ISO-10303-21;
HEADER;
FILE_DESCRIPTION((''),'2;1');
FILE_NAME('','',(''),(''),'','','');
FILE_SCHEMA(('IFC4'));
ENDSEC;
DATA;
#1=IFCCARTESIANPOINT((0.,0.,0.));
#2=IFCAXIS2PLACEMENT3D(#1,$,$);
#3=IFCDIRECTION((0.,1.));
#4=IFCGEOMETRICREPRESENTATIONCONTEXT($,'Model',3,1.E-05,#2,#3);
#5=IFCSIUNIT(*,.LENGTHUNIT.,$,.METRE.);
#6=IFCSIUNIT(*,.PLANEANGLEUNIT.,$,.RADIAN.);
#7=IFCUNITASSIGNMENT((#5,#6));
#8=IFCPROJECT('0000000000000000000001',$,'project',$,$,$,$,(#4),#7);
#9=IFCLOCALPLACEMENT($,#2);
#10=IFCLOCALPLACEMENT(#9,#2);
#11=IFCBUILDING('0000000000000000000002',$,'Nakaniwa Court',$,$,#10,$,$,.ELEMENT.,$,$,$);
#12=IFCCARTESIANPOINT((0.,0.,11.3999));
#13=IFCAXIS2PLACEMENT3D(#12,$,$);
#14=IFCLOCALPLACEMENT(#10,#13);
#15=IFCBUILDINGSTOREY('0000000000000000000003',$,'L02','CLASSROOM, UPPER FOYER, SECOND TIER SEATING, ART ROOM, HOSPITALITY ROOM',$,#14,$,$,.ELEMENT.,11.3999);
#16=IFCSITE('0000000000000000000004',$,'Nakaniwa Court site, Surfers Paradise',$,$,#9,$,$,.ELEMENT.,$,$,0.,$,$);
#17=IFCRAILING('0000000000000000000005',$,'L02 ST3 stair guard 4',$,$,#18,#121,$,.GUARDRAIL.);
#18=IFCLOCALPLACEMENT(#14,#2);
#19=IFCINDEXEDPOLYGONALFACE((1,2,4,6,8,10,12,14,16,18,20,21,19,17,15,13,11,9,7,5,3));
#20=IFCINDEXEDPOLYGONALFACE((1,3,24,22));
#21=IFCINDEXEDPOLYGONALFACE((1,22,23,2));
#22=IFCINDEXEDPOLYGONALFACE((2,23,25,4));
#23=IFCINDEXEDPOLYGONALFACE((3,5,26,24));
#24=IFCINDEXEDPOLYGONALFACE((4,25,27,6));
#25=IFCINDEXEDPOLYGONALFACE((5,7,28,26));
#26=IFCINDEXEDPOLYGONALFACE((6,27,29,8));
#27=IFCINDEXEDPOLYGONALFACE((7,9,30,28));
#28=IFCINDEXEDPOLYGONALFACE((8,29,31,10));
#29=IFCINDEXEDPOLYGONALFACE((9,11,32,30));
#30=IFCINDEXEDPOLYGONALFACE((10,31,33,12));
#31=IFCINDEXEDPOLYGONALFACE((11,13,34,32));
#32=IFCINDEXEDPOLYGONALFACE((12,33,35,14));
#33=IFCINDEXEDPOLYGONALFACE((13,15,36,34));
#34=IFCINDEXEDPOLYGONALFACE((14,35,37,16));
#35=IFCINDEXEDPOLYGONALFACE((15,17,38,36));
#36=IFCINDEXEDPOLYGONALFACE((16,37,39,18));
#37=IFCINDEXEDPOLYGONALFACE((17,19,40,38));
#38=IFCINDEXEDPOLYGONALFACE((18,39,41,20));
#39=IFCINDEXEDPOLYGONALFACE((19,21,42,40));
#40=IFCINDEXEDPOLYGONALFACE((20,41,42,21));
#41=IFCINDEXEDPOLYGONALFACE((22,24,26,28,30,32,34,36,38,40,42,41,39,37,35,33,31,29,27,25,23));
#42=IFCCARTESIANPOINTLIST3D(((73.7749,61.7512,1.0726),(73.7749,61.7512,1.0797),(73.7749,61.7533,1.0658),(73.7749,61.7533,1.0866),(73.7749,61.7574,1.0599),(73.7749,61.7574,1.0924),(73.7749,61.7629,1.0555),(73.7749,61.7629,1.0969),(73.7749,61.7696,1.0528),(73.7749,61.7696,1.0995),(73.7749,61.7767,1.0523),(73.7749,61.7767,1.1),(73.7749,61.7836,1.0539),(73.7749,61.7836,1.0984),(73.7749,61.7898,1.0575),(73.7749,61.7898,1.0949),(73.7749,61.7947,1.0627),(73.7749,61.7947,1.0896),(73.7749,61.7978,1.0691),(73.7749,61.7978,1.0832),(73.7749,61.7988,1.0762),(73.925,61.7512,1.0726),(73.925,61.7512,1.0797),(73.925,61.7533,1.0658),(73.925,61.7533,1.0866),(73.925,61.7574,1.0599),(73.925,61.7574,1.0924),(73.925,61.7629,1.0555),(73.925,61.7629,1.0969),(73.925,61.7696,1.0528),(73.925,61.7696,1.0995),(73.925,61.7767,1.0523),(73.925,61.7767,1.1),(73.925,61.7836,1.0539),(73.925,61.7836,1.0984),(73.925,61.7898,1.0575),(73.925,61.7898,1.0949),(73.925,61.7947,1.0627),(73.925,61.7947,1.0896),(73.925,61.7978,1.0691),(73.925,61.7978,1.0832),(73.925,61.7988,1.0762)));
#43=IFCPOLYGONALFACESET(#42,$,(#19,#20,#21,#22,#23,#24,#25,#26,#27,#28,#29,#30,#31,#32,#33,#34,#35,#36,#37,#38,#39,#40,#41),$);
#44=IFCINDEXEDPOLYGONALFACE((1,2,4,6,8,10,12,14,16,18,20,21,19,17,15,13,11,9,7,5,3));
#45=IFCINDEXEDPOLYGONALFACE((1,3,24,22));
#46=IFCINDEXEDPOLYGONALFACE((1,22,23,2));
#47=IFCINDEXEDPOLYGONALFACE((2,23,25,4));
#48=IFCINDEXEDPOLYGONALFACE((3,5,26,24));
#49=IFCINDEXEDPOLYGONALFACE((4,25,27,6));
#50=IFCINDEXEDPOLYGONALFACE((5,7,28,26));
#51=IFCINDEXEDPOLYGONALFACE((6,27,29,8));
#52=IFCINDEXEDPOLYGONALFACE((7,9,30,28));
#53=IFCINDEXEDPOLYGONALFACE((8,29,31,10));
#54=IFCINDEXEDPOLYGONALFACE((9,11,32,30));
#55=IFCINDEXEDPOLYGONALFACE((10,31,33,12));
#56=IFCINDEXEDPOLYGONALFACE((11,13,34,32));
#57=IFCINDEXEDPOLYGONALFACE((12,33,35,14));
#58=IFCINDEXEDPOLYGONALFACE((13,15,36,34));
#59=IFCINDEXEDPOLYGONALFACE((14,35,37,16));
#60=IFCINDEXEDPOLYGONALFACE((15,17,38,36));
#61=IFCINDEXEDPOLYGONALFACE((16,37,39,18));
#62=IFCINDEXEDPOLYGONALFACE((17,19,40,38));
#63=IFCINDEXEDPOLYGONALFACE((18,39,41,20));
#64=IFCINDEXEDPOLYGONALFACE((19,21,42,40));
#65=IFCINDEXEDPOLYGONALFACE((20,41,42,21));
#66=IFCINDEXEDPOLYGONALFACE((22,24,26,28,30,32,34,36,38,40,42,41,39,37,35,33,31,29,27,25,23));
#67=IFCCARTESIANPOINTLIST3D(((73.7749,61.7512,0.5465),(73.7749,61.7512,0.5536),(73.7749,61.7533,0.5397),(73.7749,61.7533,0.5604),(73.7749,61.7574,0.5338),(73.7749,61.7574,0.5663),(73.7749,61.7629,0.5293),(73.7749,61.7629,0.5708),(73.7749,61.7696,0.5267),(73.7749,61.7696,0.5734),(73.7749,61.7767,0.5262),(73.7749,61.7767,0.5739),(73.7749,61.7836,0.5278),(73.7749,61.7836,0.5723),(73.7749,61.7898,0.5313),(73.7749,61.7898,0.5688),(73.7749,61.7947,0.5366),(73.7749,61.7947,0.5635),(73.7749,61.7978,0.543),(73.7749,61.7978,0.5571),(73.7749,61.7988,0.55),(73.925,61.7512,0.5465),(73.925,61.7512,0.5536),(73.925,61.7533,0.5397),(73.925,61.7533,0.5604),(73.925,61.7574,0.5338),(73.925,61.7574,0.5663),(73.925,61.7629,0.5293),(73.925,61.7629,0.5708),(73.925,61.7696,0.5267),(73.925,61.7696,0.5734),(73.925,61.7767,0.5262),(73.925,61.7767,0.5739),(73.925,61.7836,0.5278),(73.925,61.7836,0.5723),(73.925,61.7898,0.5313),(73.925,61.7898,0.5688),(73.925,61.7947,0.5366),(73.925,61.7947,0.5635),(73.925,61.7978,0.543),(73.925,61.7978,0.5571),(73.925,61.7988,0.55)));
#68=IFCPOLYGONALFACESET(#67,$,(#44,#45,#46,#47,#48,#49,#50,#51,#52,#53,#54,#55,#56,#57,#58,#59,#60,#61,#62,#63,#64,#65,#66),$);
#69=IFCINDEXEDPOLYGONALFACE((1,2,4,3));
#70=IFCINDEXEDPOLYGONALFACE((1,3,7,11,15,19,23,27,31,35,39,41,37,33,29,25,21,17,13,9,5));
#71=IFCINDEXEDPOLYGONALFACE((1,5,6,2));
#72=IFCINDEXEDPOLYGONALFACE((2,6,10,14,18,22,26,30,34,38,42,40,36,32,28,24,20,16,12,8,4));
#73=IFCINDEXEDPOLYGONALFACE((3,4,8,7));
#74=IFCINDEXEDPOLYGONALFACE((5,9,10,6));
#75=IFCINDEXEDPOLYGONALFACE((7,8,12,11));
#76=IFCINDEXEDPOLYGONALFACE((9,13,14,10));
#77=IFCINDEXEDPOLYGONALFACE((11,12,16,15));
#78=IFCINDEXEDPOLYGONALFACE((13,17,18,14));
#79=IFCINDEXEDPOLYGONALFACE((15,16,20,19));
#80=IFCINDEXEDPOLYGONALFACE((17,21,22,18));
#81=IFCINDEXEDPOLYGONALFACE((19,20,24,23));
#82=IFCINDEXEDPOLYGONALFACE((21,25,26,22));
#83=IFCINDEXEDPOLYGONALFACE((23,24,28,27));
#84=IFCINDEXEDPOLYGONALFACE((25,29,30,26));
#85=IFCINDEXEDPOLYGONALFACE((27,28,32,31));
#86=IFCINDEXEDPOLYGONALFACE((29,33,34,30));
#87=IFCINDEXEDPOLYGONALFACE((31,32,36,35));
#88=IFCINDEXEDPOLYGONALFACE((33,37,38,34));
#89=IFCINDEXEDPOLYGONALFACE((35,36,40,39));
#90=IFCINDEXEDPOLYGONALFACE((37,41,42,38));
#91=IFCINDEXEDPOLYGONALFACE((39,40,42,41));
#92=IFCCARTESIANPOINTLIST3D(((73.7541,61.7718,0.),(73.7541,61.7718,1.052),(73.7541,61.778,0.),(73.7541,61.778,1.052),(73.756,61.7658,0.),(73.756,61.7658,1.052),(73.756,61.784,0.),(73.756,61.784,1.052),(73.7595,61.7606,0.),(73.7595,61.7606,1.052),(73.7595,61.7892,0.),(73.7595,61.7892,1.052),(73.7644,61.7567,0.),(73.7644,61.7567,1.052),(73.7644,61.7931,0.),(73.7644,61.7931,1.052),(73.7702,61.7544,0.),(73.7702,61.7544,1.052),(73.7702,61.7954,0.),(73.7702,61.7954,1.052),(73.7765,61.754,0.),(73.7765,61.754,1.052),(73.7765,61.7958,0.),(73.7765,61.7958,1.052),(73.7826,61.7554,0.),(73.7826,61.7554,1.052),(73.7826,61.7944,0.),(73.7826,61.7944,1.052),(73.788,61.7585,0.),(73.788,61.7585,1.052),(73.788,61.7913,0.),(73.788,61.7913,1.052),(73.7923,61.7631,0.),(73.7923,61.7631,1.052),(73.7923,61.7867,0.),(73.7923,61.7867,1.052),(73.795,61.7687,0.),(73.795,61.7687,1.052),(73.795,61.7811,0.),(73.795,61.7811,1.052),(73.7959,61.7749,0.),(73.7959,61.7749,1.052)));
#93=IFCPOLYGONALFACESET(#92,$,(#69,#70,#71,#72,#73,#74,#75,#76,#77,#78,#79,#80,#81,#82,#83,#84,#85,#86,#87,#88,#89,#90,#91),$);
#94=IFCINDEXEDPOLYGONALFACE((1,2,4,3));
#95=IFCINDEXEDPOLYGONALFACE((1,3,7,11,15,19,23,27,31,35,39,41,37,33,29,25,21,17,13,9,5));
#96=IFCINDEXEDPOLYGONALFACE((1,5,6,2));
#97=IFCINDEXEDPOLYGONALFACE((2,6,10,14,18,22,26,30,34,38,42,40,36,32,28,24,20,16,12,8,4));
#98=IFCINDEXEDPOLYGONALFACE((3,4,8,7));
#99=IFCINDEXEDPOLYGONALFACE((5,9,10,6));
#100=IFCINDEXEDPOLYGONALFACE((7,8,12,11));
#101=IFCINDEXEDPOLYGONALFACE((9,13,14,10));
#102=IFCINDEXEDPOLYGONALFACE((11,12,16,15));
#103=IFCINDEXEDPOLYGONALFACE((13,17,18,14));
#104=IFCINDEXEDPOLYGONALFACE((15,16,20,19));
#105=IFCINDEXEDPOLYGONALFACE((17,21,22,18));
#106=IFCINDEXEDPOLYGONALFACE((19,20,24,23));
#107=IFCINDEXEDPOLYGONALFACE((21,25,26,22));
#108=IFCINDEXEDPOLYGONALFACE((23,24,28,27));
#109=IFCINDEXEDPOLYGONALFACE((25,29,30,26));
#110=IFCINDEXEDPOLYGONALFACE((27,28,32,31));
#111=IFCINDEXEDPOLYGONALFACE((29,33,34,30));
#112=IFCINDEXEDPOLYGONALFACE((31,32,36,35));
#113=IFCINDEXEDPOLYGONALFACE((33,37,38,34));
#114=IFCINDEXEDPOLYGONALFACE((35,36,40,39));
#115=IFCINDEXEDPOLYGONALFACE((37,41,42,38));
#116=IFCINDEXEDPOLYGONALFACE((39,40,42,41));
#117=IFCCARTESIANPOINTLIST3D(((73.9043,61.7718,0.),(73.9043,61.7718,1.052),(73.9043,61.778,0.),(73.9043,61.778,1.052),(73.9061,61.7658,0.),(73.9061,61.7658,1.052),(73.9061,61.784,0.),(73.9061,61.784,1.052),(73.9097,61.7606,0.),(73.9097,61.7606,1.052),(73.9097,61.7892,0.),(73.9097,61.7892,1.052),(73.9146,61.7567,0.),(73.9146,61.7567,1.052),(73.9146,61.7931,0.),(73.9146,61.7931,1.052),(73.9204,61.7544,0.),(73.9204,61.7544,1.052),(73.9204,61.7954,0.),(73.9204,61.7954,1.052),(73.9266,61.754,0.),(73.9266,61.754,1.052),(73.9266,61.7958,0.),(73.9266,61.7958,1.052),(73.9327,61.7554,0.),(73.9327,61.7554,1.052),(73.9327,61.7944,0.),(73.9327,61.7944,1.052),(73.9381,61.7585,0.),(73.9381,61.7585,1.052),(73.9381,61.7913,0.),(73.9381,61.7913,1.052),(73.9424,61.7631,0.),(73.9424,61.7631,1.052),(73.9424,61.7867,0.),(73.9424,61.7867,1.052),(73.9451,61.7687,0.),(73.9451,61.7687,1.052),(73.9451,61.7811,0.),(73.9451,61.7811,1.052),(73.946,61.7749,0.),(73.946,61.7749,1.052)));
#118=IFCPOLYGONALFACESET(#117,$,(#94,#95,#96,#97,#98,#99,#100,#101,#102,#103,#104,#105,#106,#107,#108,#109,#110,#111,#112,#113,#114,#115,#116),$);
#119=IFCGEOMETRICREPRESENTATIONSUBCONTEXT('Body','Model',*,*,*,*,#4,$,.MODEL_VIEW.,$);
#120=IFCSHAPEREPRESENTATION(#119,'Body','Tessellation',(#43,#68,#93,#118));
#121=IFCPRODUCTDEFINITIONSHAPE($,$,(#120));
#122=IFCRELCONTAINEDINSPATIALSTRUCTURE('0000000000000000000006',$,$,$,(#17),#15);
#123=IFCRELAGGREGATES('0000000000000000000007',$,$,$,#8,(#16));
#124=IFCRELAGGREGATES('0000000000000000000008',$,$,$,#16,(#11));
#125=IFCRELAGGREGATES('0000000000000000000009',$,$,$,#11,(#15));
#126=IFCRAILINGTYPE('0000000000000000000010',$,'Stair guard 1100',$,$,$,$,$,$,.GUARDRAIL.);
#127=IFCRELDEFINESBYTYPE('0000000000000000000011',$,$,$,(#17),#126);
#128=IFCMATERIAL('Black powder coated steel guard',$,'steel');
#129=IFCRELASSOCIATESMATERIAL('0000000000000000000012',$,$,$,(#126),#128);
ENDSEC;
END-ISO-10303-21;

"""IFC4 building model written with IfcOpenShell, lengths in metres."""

from ifc_helpers import new_model, si_unit, direction, frame, origin, origin_2d, place, context, subcontext, project, spatial, circle, extrude, material, type_object, element, save


model = new_model("IFC4")

# Units and contexts
model_context = context("Model", 3, precision=1e-05, world=origin(), true_north=direction((0.0, 1.0)))
body_context = subcontext(model_context, "Body", "Model", "MODEL_VIEW")
ifc_project = project(units=[si_unit("LENGTHUNIT", "METRE"), si_unit("PLANEANGLEUNIT", "RADIAN")], contexts=[model_context])

# Site, building, storey
site_placement = place(None, origin())
site = spatial("IfcSite", under=ifc_project, at=site_placement, Name="Nakaniwa Court site, Surfers Paradise", CompositionType="ELEMENT", RefElevation=0.0)
building_placement = place(site_placement, origin())
building = spatial("IfcBuilding", under=site, at=building_placement, Name="Nakaniwa Court", CompositionType="ELEMENT")
storey_placement = place(building_placement, frame((0.0, 0.0, 11.3999)))
storey = spatial("IfcBuildingStorey", under=building, at=storey_placement, Name="L02", Description="CLASSROOM, UPPER FOYER, SECOND TIER SEATING, ART ROOM, HOSPITALITY ROOM", CompositionType="ELEMENT", Elevation=11.3999)

# Railing
ifc_material_1 = material(Name="Black powder coated steel guard", Category="steel")
railing_type = type_object("IfcRailingType", Name="Stair guard 1100", PredefinedType="GUARDRAIL", material=ifc_material_1)
railing_1_placement = place(storey_placement, frame((73.7749, 61.7749, 0.0)))
element("IfcRailing", 1, at=railing_1_placement, inside=storey, type_object=railing_type, Name="L02 ST3 stair guard 4", PredefinedType="GUARDRAIL", context=body_context, shape_type="SweptSolid", body=[
    extrude(circle(Radius=0.0239, at=origin_2d()), frame((0.0, 0.0, 1.0762), z_axis=(1.0, 0.0, 0.0), x_axis=(0.0, 1.0, 0.0)), (0.0, 0.0, 1.0), 0.1501),
    extrude(circle(Radius=0.0239, at=origin_2d()), frame((0.0, 0.0, 0.55), z_axis=(1.0, 0.0, 0.0), x_axis=(0.0, 1.0, 0.0)), (0.0, 0.0, 1.0), 0.1501),
    extrude(circle(Radius=0.021, at=origin_2d()), origin(), (0.0, 0.0, 1.0), 1.052),
    extrude(circle(Radius=0.021, at=origin_2d()), frame((0.1501, 0.0, 0.0)), (0.0, 0.0, 1.0), 1.052),
])

save(model, "model.ifc")
